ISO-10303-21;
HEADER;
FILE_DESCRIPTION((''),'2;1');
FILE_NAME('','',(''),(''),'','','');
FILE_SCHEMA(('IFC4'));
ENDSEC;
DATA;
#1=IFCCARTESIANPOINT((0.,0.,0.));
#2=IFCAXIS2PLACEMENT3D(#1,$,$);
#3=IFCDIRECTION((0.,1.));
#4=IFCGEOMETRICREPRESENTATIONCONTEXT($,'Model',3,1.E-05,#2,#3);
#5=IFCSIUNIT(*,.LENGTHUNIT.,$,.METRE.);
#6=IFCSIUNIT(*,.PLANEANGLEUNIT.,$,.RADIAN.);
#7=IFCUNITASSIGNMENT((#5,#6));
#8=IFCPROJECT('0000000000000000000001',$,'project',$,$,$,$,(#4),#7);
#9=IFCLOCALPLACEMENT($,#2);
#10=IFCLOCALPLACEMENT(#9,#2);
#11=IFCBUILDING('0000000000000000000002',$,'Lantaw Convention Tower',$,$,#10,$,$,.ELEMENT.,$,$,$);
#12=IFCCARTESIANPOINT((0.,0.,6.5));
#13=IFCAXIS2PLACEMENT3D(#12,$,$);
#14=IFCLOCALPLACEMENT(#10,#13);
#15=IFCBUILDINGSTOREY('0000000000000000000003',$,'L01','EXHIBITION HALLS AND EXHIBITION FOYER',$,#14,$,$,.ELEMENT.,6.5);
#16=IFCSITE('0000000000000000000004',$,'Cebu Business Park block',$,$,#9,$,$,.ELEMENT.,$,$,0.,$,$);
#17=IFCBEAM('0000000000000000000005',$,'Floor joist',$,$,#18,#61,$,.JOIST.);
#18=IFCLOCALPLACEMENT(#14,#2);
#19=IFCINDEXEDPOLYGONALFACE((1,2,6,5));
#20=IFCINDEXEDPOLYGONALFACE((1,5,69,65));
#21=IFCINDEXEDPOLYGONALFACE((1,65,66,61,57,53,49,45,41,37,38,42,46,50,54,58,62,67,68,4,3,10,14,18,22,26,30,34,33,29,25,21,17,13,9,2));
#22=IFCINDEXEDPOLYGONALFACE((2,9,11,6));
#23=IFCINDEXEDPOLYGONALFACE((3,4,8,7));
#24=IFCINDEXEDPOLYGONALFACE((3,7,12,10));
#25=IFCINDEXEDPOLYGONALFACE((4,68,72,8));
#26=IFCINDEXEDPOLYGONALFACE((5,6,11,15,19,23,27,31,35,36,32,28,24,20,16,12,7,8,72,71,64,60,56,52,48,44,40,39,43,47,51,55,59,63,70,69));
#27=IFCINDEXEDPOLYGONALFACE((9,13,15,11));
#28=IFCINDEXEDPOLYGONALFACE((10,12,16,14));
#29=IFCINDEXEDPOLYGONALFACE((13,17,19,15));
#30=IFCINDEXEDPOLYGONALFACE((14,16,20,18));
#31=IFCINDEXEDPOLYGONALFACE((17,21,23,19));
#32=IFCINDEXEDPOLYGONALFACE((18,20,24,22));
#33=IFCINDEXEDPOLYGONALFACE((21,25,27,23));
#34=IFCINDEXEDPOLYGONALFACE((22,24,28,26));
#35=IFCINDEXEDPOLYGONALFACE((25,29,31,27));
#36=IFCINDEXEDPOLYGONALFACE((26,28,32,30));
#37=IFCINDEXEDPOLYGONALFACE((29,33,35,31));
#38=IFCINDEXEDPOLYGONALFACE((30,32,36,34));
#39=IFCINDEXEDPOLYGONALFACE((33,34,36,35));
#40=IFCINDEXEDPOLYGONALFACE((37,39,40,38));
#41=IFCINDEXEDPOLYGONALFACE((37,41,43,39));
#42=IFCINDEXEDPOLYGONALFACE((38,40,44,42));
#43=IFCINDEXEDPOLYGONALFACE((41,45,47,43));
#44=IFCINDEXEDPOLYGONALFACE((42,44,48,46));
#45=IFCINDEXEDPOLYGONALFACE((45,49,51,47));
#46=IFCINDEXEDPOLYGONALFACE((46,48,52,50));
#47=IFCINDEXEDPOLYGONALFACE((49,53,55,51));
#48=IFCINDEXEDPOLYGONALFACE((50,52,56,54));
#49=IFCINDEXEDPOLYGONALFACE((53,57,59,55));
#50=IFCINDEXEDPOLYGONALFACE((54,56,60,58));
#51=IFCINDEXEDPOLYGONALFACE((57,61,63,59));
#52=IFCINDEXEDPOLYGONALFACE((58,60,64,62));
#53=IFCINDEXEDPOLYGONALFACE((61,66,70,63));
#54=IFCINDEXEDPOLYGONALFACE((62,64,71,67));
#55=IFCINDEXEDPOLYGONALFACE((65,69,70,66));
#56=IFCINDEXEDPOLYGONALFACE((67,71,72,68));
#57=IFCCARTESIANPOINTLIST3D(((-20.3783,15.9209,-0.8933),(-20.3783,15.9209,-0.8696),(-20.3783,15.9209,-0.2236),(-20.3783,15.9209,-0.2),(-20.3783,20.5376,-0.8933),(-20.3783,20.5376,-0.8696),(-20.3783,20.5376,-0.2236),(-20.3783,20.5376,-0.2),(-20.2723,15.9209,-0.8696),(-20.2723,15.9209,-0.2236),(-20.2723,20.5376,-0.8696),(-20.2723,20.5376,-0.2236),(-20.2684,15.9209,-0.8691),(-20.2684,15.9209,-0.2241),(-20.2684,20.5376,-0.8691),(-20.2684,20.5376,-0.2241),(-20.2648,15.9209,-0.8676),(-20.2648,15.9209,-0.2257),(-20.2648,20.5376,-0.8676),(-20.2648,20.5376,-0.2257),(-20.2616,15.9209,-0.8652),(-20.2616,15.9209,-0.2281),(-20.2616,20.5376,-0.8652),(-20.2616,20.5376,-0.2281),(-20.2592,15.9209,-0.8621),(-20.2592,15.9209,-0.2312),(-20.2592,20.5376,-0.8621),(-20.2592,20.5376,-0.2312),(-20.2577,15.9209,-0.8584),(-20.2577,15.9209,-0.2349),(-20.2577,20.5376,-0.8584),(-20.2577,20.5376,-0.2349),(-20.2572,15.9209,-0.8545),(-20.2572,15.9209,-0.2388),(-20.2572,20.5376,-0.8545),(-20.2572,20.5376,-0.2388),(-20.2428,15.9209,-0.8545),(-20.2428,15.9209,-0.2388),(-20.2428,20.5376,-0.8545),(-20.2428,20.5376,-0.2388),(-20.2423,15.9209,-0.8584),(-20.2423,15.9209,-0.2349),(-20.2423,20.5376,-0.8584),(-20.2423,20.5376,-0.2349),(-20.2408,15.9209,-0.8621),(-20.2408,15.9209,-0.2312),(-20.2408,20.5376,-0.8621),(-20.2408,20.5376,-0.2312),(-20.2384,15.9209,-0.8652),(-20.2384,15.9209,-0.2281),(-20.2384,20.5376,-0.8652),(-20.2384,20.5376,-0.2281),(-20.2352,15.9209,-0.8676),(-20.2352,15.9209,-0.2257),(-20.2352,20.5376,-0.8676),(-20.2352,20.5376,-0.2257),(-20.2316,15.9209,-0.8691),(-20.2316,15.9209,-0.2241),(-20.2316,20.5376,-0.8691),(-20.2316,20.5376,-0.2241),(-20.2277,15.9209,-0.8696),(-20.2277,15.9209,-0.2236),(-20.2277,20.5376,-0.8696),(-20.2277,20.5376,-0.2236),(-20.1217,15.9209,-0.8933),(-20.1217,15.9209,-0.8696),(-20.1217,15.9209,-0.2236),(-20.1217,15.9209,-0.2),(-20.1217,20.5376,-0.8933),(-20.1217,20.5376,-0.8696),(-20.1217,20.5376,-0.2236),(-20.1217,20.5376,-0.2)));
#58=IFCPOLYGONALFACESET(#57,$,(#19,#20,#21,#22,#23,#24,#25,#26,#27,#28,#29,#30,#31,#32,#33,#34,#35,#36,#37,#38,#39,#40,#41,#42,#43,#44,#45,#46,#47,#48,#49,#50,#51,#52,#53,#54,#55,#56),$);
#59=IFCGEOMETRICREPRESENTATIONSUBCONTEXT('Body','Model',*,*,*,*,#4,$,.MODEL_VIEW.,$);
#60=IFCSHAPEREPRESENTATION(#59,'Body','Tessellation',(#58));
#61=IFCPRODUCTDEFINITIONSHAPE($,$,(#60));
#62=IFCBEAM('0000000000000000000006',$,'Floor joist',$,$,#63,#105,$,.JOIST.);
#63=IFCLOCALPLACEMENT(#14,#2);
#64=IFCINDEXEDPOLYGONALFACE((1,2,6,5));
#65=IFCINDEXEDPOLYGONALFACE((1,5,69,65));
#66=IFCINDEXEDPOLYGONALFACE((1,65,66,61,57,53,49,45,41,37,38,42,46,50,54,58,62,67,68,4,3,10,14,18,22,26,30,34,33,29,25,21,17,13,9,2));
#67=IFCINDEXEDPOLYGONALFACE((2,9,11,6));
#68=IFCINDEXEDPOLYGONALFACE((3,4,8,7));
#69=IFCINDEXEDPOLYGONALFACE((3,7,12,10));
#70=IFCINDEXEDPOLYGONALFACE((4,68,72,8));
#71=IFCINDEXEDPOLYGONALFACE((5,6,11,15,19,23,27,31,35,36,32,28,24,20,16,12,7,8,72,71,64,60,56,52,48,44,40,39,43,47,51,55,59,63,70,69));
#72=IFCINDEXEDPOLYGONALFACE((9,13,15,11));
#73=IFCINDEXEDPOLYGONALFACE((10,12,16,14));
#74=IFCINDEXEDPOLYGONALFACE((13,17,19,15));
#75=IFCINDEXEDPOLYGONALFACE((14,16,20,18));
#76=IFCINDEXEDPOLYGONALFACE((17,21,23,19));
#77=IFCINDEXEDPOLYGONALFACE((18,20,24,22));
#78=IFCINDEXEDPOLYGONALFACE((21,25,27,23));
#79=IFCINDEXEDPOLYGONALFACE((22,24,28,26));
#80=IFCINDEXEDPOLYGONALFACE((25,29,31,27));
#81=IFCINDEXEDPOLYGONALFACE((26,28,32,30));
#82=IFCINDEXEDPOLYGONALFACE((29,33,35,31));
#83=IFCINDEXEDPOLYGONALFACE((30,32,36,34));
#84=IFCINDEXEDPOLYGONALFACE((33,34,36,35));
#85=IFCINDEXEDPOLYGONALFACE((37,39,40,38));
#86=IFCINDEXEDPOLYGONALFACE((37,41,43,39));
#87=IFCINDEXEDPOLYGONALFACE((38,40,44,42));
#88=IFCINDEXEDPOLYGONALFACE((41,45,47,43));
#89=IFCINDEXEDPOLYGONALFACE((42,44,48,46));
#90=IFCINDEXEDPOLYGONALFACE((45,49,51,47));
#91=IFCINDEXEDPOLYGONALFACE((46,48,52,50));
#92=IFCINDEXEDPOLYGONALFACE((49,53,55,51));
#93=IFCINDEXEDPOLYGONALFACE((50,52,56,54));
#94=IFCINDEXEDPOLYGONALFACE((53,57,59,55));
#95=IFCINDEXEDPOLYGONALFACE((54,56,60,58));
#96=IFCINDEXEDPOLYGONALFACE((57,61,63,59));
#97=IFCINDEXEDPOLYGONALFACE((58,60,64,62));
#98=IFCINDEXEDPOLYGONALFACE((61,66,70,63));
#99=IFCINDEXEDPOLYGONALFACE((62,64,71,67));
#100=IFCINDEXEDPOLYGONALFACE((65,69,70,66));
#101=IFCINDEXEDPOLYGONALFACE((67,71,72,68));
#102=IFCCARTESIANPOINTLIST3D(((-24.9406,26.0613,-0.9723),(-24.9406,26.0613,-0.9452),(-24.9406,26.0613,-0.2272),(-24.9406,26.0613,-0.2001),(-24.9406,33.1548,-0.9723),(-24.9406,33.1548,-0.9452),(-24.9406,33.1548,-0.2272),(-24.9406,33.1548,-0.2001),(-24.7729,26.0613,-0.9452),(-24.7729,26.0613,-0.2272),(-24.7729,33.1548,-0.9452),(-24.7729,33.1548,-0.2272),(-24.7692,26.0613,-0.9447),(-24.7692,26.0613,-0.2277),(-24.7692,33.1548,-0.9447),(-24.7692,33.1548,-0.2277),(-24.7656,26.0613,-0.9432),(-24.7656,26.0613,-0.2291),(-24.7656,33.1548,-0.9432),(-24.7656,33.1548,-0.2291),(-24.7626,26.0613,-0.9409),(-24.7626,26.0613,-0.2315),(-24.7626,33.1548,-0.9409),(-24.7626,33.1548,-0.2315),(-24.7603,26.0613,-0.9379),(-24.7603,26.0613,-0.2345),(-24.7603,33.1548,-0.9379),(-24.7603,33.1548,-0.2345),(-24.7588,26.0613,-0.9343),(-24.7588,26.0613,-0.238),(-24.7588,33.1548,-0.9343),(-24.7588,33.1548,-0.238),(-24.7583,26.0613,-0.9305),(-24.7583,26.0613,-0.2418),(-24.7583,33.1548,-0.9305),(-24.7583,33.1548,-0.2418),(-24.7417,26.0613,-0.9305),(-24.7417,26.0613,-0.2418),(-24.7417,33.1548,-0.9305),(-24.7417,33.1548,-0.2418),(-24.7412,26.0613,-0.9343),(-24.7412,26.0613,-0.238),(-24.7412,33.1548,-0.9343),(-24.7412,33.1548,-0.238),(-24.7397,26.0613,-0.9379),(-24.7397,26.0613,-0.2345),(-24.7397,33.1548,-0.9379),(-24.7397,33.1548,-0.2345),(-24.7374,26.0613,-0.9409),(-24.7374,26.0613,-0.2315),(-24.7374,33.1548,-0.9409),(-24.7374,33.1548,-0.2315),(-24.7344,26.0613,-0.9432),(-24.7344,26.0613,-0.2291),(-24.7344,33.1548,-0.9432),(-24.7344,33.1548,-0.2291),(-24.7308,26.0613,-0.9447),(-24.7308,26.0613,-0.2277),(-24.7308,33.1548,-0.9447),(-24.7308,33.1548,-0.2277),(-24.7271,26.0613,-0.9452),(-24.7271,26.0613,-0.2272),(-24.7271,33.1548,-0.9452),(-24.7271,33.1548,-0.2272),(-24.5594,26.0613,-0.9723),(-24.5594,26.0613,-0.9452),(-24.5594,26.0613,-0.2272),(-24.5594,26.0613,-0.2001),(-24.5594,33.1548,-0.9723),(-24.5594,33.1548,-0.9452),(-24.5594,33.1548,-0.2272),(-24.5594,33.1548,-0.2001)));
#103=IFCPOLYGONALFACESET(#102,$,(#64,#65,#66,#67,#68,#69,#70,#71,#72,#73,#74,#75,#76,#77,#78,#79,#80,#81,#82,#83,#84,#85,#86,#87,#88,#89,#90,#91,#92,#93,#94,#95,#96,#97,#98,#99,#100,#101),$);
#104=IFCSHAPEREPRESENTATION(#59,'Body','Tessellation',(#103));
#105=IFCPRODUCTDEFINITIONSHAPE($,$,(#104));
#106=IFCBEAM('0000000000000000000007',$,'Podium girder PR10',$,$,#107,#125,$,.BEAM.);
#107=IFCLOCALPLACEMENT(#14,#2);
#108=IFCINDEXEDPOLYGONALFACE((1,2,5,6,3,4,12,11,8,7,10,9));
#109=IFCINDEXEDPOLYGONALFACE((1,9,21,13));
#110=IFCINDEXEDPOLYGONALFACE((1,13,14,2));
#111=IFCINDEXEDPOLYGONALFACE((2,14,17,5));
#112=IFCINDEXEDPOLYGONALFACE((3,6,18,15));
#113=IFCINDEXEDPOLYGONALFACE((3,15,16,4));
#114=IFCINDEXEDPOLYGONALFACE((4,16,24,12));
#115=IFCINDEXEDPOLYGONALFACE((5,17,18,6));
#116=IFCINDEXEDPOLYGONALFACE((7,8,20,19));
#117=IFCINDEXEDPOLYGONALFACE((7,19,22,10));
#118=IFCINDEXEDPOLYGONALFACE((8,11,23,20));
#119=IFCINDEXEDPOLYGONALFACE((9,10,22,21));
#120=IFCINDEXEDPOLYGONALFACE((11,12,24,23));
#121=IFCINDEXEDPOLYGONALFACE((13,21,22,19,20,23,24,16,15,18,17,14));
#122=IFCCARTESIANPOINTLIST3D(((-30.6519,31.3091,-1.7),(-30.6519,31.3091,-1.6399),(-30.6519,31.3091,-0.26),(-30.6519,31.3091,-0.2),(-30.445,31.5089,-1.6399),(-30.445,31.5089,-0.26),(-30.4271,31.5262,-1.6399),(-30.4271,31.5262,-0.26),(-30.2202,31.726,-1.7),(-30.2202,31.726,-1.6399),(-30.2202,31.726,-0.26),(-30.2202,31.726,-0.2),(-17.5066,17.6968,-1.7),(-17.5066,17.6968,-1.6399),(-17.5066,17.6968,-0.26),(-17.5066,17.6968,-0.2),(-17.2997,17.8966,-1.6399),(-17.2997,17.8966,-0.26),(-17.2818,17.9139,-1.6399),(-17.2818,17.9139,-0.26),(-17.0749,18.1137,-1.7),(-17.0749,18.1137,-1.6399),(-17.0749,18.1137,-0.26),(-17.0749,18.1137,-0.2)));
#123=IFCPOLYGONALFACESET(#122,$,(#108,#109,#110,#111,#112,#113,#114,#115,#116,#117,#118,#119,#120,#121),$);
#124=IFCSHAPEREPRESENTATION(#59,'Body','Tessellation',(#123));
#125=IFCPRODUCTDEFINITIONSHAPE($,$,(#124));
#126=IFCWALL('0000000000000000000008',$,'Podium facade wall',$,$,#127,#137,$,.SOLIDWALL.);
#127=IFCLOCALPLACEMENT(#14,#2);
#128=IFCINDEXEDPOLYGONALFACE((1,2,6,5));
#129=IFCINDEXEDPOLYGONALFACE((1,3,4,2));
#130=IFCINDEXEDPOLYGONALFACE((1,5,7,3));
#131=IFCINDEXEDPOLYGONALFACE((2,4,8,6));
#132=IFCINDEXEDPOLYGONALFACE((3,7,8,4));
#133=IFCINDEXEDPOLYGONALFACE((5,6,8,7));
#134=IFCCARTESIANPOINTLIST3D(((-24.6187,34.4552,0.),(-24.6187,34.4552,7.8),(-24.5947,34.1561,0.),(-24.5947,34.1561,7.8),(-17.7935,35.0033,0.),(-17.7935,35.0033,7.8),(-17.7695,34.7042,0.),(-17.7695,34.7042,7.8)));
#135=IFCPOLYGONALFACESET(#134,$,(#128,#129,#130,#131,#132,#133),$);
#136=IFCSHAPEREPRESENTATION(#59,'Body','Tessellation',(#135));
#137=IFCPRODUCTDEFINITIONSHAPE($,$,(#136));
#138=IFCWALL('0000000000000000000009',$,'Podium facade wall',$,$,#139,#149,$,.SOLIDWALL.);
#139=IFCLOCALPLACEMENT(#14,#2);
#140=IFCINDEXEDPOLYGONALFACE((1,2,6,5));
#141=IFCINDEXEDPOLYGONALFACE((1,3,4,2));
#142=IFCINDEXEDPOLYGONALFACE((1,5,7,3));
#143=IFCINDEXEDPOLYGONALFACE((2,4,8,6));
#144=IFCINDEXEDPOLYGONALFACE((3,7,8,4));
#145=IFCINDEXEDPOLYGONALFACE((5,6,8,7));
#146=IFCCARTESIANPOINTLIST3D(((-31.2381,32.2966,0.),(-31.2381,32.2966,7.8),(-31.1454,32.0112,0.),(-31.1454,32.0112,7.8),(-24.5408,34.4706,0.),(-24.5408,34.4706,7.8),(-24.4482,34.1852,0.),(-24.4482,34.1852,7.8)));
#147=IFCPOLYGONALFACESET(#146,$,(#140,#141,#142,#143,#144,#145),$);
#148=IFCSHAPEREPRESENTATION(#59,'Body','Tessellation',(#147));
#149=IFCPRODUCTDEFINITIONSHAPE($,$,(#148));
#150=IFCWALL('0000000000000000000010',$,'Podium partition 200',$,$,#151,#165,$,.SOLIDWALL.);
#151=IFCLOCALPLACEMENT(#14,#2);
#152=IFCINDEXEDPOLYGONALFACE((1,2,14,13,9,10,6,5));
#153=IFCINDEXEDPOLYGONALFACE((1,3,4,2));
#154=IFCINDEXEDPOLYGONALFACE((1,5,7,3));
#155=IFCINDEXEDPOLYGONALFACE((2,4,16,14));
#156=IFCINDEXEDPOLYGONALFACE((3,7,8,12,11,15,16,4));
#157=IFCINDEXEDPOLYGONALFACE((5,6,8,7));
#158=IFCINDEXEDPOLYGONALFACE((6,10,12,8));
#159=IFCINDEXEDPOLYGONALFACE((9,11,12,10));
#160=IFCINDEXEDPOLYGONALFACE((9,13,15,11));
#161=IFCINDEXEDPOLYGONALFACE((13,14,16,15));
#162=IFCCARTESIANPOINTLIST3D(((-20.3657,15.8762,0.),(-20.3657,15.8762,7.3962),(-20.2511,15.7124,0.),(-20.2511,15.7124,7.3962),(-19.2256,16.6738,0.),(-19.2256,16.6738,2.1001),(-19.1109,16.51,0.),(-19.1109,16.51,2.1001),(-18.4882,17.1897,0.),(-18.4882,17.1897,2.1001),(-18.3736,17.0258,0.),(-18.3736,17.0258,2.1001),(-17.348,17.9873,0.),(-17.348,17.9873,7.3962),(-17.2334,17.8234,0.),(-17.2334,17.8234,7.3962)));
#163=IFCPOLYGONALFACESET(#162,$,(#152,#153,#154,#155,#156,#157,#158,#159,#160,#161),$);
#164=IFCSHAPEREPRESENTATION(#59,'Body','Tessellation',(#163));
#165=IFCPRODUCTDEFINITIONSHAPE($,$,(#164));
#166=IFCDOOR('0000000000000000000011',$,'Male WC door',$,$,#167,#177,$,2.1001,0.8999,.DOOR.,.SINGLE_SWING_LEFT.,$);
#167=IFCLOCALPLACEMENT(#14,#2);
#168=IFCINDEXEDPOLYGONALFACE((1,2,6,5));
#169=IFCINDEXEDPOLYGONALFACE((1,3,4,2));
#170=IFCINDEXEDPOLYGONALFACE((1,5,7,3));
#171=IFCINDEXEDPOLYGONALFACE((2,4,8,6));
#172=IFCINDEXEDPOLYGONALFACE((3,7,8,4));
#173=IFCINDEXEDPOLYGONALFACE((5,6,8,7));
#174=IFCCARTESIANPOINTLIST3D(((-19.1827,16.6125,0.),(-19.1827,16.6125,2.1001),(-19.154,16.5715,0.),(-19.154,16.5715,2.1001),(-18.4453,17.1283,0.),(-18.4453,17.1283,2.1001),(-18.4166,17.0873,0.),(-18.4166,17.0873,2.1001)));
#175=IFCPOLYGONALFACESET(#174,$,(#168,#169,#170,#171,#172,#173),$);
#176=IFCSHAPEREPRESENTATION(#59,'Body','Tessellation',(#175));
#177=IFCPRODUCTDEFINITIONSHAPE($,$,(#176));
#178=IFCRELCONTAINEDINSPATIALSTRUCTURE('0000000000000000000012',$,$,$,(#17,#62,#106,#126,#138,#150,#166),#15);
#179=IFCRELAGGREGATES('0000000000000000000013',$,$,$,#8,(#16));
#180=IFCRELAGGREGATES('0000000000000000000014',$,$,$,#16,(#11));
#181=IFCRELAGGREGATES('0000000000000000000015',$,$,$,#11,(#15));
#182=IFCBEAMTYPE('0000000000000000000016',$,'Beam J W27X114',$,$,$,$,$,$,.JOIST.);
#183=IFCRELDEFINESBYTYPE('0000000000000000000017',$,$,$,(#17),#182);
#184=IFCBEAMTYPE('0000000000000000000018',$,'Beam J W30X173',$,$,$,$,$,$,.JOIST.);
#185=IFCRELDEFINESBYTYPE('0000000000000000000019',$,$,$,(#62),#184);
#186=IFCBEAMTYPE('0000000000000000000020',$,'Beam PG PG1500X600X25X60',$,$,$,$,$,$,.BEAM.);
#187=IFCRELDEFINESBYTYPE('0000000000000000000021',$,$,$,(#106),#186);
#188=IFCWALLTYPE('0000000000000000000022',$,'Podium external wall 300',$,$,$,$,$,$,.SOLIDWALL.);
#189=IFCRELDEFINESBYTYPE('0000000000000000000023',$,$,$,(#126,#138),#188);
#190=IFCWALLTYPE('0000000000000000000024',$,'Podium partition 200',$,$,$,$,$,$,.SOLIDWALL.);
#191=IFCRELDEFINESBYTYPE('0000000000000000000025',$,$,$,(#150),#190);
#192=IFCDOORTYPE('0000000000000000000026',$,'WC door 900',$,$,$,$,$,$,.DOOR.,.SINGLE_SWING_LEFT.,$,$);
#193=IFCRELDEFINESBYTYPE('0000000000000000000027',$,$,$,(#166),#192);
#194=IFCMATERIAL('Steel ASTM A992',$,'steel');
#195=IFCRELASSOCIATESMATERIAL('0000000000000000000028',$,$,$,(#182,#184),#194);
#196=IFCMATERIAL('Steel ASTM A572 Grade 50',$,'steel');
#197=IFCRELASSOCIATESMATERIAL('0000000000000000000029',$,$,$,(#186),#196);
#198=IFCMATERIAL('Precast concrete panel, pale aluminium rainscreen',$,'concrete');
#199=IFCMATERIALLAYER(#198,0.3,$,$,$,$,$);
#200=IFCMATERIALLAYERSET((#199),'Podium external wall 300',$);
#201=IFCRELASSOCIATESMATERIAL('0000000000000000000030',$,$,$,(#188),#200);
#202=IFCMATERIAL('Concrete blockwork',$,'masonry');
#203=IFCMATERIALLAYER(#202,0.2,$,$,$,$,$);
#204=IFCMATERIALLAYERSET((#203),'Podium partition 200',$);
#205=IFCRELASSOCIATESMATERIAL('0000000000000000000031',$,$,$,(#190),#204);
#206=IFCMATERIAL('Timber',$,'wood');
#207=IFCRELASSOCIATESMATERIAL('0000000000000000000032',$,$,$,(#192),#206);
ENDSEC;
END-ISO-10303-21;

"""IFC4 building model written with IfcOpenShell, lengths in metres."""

from ifc_helpers import new_model, si_unit, direction, frame, frame_2d, origin, origin_2d, place, context, subcontext, project, spatial, rectangle, i_section, extrude, material, layer, layer_set, material_profile, profile_set, type_object, element, fill, save


model = new_model("IFC4")

# Units and contexts
model_context = context("Model", 3, precision=1e-05, world=origin(), true_north=direction((0.0, 1.0)))
body_context = subcontext(model_context, "Body", "Model", "MODEL_VIEW")
ifc_project = project(units=[si_unit("LENGTHUNIT", "METRE"), si_unit("PLANEANGLEUNIT", "RADIAN")], contexts=[model_context])

# Site, building, storey
site_placement = place(None, origin())
site = spatial("IfcSite", under=ifc_project, at=site_placement, Name="Cebu Business Park block", CompositionType="ELEMENT", RefElevation=0.0)
building_placement = place(site_placement, origin())
building = spatial("IfcBuilding", under=site, at=building_placement, Name="Lantaw Convention Tower", CompositionType="ELEMENT")
storey_placement = place(building_placement, frame((0.0, 0.0, 6.5)))
storey = spatial("IfcBuildingStorey", under=building, at=storey_placement, Name="L01", Description="EXHIBITION HALLS AND EXHIBITION FOYER", CompositionType="ELEMENT", Elevation=6.5)

# Shared definitions
ifc_material_1 = material(Name="Steel ASTM A572 Grade 50", Category="steel")

# Beams
ifc_material_2 = material(Name="Steel ASTM A992", Category="steel")
ifc_material_profile_1 = material_profile(ifc_material_2, i_section(OverallWidth=0.2566, OverallDepth=0.6934, WebThickness=0.0144, FlangeThickness=0.0237, FilletRadius=0.0151, at=origin_2d()), Name="W27X114")
ifc_profile_set_1 = profile_set([ifc_material_profile_1], Name="Steel ASTM A992")
beam_type_1 = type_object("IfcBeamType", Name="Beam J W27X114", PredefinedType="JOIST", material=ifc_profile_set_1)
beam_1_placement = place(storey_placement, frame((-20.25, 15.9209, -0.5466), z_axis=(0.0, 1.0, 0.0), x_axis=(-1.0, 0.0, 0.0)))
element("IfcBeam", 1, at=beam_1_placement, inside=storey, type_object=beam_type_1, Name="Floor joist", PredefinedType="JOIST", context=body_context, shape_type="SweptSolid", body=[
    extrude(i_section(OverallWidth=0.2566, OverallDepth=0.6934, WebThickness=0.0144, FlangeThickness=0.0237, FilletRadius=0.0151, at=origin_2d()), origin(), (0.0, 0.0, 1.0), 4.6167),
])
ifc_material_profile_2 = material_profile(ifc_material_2, i_section(OverallWidth=0.3811, OverallDepth=0.7722, WebThickness=0.0166, FlangeThickness=0.0271, FilletRadius=0.0146, at=origin_2d()), Name="W30X173")
ifc_profile_set_2 = profile_set([ifc_material_profile_2], Name="Steel ASTM A992")
beam_type_2 = type_object("IfcBeamType", Name="Beam J W30X173", PredefinedType="JOIST", material=ifc_profile_set_2)
beam_2_placement = place(storey_placement, frame((-24.75, 26.0613, -0.5862), z_axis=(0.0, 1.0, 0.0), x_axis=(-1.0, 0.0, 0.0)))
element("IfcBeam", 2, at=beam_2_placement, inside=storey, type_object=beam_type_2, Name="Floor joist", PredefinedType="JOIST", context=body_context, shape_type="SweptSolid", body=[
    extrude(i_section(OverallWidth=0.3811, OverallDepth=0.7722, WebThickness=0.0166, FlangeThickness=0.0271, FilletRadius=0.0146, at=origin_2d()), origin(), (0.0, 0.0, 1.0), 7.0935),
])
ifc_material_profile_3 = material_profile(ifc_material_1, i_section(OverallWidth=0.6001, OverallDepth=1.5, WebThickness=0.0249, FlangeThickness=0.0601, at=origin_2d()), Name="PG1500X600X25X60")
ifc_profile_set_3 = profile_set([ifc_material_profile_3], Name="Steel ASTM A572 Grade 50")
beam_type_3 = type_object("IfcBeamType", Name="Beam PG PG1500X600X25X60", PredefinedType="BEAM", material=ifc_profile_set_3)
beam_3_placement = place(storey_placement, frame((-17.2908, 17.9053, -0.95), z_axis=(-0.694659, 0.719339, 0.0), x_axis=(-0.719339, -0.694659, 0.0)))
element("IfcBeam", 3, at=beam_3_placement, inside=storey, type_object=beam_type_3, Name="Podium girder PR10", PredefinedType="BEAM", context=body_context, shape_type="SweptSolid", body=[
    extrude(i_section(OverallWidth=0.6001, OverallDepth=1.5, WebThickness=0.0249, FlangeThickness=0.0601, at=origin_2d()), origin(), (0.0, 0.0, 1.0), 18.9233),
])

# Walls
ifc_material_3 = material(Name="Precast concrete panel, pale aluminium rainscreen", Category="concrete")
ifc_layer_1 = layer(ifc_material_3, 0.3)
ifc_layer_set_1 = layer_set([ifc_layer_1], Name="Podium external wall 300")
wall_type_1 = type_object("IfcWallType", Name="Podium external wall 300", PredefinedType="SOLIDWALL", material=ifc_layer_set_1)
wall_1_placement = place(storey_placement, frame((-17.7815, 34.8538, 0.0), z_axis=(0.0, 0.0, 1.0), x_axis=(-0.996791, -0.080047, 0.0)))
element("IfcWall", 4, at=wall_1_placement, inside=storey, type_object=wall_type_1, Name="Podium facade wall", PredefinedType="SOLIDWALL", context=body_context, shape_type="SweptSolid", body=[
    extrude(rectangle(XDim=6.8472, YDim=0.3, at=frame_2d((3.4236, 0.0))), origin(), (0.0, 0.0, 1.0), 7.8),
])
wall_2_placement = place(storey_placement, frame((-24.4946, 34.3279, 0.0), z_axis=(0.0, 0.0, 1.0), x_axis=(-0.95114, -0.30876, 0.0)))
element("IfcWall", 5, at=wall_2_placement, inside=storey, type_object=wall_type_1, Name="Podium facade wall", PredefinedType="SOLIDWALL", context=body_context, shape_type="SweptSolid", body=[
    extrude(rectangle(XDim=7.0413, YDim=0.3, at=frame_2d((3.5205, 0.0))), origin(), (0.0, 0.0, 1.0), 7.8),
])

# Wall, opening, door
ifc_material_4 = material(Name="Concrete blockwork", Category="masonry")
ifc_layer_2 = layer(ifc_material_4, 0.2)
ifc_layer_set_2 = layer_set([ifc_layer_2], Name="Podium partition 200")
wall_type_2 = type_object("IfcWallType", Name="Podium partition 200", PredefinedType="SOLIDWALL", material=ifc_layer_set_2)
wall_3_placement = place(storey_placement, frame((-17.2908, 17.9053, 0.0), z_axis=(0.0, 0.0, 1.0), x_axis=(-0.819409, -0.573209, 0.0)))
wall_3 = element("IfcWall", 6, at=wall_3_placement, inside=storey, type_object=wall_type_2, Name="Podium partition 200", PredefinedType="SOLIDWALL", context=body_context, shape_type="SweptSolid", body=[
    extrude(rectangle(XDim=3.6829, YDim=0.2, at=frame_2d((1.8413, 0.0))), origin(), (0.0, 0.0, 1.0), 7.3962),
])
opening_1_placement = place(wall_3_placement, frame((1.3914, 0.0, 0.0)))
opening_1 = element("IfcOpeningElement", 7, at=opening_1_placement, cuts=wall_3, PredefinedType="OPENING", context=body_context, shape_type="SweptSolid", body=[
    extrude(rectangle(XDim=0.8999, YDim=2.1001, at=frame_2d((0.45, 1.05))), frame((0.0, 0.1099, 0.0), z_axis=(0.0, -1.0, 0.0), x_axis=(1.0, 0.0, 0.0)), (0.0, 0.0, 1.0), 0.22),
])
ifc_material_5 = material(Name="Timber", Category="wood")
door_type_1 = type_object("IfcDoorType", Name="WC door 900", OperationType="SINGLE_SWING_LEFT", PredefinedType="DOOR", material=ifc_material_5)
door_1_placement = place(opening_1_placement, origin())
door_1 = element("IfcDoor", 8, at=door_1_placement, inside=storey, type_object=door_type_1, Name="Male WC door", OperationType="SINGLE_SWING_LEFT", OverallHeight=2.1001, OverallWidth=0.8999, PredefinedType="DOOR", context=body_context, shape_type="SweptSolid", body=[
    extrude(rectangle(XDim=0.8999, YDim=2.1001, at=frame_2d((0.45, 1.05))), frame((0.0, 0.0249, 0.0), z_axis=(0.0, -1.0, 0.0), x_axis=(1.0, 0.0, 0.0)), (0.0, 0.0, 1.0), 0.05),
])
fill(opening_1, door_1)

save(model, "model.ifc")
